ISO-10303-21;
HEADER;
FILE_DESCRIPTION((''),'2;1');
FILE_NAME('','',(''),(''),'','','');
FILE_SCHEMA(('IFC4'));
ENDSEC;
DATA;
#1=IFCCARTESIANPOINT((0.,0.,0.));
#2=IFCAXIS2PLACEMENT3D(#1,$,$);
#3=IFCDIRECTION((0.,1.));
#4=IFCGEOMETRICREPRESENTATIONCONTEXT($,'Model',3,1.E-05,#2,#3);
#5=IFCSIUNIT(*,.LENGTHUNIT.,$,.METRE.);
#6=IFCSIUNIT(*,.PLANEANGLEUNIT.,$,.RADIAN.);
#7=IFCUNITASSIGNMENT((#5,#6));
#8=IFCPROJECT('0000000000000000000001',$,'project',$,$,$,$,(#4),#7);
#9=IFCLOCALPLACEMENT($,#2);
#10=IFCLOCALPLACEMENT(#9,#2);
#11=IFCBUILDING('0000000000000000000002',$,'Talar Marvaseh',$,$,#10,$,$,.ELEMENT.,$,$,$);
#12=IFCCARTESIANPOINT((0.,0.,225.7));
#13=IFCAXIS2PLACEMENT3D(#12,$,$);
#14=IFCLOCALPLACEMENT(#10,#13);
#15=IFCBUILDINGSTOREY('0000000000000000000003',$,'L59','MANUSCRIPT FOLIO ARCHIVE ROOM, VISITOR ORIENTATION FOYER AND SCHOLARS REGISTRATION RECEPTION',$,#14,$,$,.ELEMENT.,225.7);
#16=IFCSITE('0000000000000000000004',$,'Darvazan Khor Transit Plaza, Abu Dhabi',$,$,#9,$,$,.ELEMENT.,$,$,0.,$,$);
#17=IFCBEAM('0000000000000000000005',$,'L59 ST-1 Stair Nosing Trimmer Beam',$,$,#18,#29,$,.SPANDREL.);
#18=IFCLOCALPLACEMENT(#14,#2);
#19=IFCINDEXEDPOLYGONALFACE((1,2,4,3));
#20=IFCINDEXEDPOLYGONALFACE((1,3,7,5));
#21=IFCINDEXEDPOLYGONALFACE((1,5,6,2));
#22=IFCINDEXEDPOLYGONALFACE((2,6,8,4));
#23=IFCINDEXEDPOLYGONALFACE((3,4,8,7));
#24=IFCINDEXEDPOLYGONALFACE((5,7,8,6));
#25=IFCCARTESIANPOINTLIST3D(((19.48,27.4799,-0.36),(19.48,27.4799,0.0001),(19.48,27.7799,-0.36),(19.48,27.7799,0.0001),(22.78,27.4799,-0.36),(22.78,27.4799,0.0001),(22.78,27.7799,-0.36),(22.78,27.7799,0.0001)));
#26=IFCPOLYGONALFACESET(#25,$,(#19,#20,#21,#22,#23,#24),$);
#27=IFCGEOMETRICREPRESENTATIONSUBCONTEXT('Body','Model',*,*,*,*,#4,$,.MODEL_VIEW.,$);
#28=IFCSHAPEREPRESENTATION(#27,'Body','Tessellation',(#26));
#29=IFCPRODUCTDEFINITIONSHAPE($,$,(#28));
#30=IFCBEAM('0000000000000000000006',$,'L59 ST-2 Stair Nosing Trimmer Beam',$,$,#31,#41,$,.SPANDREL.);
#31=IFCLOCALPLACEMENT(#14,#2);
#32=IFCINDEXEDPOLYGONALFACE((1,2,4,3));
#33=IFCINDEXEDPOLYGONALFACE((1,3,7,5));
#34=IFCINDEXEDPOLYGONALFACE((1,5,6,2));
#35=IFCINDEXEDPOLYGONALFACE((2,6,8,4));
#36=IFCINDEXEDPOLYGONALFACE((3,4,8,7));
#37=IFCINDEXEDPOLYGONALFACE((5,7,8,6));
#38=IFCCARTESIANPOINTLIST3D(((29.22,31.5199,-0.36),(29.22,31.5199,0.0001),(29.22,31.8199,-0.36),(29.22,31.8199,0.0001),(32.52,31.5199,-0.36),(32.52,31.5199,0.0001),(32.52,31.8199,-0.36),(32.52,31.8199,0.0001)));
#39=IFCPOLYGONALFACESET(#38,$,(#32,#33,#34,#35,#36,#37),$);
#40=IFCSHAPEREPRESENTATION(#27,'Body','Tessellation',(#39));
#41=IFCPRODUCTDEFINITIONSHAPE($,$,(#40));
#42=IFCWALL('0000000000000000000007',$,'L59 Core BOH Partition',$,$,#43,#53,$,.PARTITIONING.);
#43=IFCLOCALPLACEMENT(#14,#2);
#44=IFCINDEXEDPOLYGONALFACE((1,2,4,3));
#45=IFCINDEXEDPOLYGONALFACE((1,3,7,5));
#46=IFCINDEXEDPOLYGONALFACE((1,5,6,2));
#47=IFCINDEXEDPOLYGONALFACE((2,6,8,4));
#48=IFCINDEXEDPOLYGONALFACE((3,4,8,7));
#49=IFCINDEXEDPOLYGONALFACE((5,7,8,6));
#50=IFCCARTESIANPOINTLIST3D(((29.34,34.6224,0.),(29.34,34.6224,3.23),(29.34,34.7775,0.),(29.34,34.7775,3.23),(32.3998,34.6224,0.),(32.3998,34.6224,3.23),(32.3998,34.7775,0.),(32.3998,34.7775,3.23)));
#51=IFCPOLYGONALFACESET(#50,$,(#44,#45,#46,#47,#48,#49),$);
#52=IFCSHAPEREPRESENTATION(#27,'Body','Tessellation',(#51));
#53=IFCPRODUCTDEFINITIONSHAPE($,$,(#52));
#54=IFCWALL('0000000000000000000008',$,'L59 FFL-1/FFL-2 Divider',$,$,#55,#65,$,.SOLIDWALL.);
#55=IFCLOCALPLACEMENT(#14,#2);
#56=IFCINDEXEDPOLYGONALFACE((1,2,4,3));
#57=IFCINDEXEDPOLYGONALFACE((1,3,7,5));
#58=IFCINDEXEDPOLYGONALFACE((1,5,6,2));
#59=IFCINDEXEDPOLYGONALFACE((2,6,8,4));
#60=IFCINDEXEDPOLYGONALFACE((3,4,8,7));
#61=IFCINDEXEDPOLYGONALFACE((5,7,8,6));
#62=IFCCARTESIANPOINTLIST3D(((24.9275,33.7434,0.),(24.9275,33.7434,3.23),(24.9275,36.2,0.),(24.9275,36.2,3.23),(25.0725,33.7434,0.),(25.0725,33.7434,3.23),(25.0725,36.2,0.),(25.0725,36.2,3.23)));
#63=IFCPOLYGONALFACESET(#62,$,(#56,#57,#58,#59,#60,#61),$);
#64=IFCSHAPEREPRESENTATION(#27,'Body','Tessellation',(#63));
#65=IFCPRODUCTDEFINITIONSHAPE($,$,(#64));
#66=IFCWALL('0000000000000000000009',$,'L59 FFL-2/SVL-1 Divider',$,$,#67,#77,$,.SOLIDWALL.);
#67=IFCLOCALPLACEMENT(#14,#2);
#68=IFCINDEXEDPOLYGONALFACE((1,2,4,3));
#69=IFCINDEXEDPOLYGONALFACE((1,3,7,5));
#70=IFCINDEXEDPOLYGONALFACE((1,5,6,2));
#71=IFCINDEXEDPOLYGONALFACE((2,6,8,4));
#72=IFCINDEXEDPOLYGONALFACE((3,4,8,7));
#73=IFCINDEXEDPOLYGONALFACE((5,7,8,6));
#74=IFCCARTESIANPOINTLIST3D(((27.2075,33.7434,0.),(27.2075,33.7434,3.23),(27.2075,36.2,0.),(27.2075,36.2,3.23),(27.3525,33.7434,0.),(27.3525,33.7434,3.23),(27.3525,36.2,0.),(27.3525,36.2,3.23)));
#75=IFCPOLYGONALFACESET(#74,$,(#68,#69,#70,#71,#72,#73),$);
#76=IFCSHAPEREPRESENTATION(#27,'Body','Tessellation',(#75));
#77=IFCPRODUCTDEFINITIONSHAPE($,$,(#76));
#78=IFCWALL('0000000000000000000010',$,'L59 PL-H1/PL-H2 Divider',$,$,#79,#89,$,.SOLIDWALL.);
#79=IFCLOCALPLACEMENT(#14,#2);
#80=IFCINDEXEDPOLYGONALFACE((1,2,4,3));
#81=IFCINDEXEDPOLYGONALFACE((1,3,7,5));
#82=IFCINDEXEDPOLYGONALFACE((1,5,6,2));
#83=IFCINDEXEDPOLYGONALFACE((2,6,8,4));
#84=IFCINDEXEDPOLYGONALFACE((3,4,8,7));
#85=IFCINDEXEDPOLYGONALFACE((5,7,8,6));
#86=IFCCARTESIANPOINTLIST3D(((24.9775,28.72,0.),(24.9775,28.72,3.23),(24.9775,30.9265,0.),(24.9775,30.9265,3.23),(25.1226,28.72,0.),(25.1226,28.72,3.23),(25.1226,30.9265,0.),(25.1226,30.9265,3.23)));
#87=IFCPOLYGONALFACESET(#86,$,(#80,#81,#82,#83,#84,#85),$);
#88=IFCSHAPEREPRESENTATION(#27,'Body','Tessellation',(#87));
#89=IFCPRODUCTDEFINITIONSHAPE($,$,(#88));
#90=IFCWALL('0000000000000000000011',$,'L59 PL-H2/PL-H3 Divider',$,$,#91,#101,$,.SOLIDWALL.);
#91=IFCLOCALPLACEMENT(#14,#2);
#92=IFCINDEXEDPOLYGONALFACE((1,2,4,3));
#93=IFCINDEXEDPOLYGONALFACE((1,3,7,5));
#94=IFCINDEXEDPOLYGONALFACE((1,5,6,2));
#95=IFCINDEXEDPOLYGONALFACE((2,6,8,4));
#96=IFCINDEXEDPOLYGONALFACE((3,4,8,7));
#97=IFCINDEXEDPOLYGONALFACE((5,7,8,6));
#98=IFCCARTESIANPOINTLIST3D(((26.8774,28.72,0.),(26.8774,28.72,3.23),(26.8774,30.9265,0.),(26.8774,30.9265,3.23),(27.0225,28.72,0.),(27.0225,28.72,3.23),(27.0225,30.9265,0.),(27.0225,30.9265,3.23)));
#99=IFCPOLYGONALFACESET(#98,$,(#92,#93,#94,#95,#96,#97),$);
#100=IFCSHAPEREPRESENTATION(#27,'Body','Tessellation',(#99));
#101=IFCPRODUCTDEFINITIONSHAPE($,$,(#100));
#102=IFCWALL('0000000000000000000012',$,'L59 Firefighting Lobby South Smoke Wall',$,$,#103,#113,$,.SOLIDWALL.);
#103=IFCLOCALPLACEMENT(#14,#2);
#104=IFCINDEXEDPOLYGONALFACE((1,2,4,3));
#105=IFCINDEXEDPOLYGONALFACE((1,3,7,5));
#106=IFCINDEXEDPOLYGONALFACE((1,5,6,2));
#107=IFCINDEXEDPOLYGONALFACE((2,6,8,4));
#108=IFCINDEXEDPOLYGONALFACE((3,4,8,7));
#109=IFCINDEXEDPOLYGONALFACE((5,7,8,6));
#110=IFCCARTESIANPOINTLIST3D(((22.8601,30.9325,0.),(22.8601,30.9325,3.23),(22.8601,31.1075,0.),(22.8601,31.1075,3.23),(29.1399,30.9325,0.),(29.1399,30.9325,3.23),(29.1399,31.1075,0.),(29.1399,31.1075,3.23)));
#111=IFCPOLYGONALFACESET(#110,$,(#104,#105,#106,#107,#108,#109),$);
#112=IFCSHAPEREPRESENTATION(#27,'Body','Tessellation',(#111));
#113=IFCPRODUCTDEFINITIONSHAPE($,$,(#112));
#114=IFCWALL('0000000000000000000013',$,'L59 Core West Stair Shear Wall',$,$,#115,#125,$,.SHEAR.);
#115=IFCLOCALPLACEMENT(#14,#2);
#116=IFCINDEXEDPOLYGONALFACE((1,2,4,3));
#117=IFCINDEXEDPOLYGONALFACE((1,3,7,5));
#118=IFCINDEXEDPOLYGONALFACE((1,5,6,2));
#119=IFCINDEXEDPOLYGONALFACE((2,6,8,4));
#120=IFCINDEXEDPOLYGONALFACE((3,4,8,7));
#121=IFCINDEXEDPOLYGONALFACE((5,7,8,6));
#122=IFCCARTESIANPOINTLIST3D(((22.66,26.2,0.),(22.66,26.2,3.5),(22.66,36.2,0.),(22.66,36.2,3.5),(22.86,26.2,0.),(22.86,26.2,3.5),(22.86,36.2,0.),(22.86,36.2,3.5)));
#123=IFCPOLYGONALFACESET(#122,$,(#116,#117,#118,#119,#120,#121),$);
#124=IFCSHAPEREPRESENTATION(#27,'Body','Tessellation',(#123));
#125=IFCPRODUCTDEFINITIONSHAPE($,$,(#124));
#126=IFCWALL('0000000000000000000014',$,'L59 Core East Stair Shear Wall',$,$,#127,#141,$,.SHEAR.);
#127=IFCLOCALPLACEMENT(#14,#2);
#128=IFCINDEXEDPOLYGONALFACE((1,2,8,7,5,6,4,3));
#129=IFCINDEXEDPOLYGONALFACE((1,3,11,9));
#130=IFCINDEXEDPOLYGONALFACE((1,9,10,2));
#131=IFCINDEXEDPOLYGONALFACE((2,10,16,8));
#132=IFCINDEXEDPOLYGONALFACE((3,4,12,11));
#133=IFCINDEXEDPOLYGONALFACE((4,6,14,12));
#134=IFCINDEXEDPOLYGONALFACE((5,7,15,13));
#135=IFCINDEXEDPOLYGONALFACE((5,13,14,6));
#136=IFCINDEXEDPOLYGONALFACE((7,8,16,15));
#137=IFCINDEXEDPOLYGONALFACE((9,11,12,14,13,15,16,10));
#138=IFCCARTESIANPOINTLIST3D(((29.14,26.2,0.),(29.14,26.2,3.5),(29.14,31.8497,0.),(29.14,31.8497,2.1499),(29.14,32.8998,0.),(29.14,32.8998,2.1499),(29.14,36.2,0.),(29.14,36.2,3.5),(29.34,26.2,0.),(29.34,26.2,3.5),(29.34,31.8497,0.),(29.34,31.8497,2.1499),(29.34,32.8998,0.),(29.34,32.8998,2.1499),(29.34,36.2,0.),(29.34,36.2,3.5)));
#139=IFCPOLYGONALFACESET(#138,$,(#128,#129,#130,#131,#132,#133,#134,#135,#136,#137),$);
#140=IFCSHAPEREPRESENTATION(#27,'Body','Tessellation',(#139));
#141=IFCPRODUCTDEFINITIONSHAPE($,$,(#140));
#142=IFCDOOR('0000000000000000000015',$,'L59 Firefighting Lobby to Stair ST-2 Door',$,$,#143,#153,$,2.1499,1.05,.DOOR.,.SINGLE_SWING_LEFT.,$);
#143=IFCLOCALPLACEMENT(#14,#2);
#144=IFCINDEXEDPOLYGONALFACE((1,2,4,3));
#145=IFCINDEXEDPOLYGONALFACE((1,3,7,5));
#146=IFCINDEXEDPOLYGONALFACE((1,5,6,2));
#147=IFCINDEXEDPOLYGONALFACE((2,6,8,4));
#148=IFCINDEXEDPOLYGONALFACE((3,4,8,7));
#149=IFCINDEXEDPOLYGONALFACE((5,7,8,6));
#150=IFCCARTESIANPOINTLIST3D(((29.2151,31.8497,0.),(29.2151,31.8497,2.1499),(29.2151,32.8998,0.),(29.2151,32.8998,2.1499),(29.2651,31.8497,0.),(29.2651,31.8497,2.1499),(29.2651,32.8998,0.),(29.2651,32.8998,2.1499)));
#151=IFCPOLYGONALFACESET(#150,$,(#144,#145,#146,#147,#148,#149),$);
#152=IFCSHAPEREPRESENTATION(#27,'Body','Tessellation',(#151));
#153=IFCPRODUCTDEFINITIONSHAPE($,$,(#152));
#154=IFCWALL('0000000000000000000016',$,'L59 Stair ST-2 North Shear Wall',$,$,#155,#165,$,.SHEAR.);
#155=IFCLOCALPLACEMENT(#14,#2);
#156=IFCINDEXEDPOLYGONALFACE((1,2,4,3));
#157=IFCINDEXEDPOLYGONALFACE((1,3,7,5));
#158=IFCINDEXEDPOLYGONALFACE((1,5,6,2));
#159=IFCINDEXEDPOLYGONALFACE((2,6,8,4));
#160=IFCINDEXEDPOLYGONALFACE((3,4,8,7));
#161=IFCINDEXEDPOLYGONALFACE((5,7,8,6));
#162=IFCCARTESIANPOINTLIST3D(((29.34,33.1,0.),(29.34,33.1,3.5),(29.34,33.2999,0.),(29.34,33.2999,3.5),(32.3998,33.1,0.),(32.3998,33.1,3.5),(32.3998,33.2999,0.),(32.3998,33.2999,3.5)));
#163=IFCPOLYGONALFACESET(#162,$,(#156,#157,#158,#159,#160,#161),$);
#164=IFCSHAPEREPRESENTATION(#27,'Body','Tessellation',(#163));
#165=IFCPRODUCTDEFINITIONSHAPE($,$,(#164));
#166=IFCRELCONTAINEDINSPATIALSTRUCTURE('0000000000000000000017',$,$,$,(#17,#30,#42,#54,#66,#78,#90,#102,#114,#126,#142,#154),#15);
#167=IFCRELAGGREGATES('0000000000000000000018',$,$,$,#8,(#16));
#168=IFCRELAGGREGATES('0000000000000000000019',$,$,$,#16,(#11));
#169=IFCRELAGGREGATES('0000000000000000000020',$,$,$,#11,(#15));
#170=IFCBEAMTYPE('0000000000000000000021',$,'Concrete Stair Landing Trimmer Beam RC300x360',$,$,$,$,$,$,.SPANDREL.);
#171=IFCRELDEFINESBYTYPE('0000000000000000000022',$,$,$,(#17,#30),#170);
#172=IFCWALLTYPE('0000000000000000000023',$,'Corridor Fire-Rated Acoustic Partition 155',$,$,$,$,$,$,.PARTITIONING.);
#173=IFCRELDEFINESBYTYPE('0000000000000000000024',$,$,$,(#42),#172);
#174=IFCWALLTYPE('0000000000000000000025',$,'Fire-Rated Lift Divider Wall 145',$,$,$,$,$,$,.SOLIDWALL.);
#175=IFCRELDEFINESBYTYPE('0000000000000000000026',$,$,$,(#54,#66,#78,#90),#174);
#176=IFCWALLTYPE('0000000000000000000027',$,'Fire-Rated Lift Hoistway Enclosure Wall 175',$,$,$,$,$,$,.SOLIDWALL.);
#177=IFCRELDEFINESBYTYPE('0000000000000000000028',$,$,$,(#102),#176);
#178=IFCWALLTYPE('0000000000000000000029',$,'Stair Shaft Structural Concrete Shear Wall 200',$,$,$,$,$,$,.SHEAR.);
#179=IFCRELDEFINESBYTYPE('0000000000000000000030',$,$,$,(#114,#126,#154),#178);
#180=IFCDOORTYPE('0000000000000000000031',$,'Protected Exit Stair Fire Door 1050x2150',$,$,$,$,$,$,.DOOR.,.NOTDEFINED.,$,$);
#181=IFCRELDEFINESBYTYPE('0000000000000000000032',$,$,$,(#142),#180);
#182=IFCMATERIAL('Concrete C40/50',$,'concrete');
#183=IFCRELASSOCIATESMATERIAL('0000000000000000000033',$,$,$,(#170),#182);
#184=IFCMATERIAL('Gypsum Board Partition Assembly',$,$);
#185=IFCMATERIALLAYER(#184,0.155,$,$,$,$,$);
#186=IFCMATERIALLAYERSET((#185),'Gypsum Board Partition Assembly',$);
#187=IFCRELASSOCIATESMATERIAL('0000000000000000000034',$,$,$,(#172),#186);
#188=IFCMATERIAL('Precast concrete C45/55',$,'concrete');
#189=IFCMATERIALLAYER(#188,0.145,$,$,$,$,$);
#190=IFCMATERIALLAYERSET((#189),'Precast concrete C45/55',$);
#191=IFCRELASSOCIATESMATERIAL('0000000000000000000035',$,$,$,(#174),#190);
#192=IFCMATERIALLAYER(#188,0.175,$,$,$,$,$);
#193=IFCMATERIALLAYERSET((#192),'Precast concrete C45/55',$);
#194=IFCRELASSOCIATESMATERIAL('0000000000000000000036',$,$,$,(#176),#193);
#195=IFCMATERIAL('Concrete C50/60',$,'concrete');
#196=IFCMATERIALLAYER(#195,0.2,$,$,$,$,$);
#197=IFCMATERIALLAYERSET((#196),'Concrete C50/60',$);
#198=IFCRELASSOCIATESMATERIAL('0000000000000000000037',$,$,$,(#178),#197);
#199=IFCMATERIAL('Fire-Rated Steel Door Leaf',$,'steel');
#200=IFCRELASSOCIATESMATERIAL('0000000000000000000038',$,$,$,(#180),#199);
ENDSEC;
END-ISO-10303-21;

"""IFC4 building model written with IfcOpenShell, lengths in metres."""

from ifc_helpers import new_model, si_unit, direction, frame, frame_2d, origin, origin_2d, place, context, subcontext, project, spatial, rectangle, extrude, source, transform, mapped, material, layer, layer_set, material_profile, profile_set, type_object, type_shapes, element, fill, save


model = new_model("IFC4")

# Units and contexts
model_context = context("Model", 3, precision=1e-05, world=origin(), true_north=direction((0.0, 1.0)))
body_context = subcontext(model_context, "Body", "Model", "MODEL_VIEW")
ifc_project = project(units=[si_unit("LENGTHUNIT", "METRE"), si_unit("PLANEANGLEUNIT", "RADIAN")], contexts=[model_context])

# Site, building, storey
site_placement = place(None, origin())
site = spatial("IfcSite", under=ifc_project, at=site_placement, Name="Darvazan Khor Transit Plaza, Abu Dhabi", CompositionType="ELEMENT", RefElevation=0.0)
building_placement = place(site_placement, origin())
building = spatial("IfcBuilding", under=site, at=building_placement, Name="Talar Marvaseh", CompositionType="ELEMENT")
storey_placement = place(building_placement, frame((0.0, 0.0, 225.7)))
storey = spatial("IfcBuildingStorey", under=building, at=storey_placement, Name="L59", Description="MANUSCRIPT FOLIO ARCHIVE ROOM, VISITOR ORIENTATION FOYER AND SCHOLARS REGISTRATION RECEPTION", CompositionType="ELEMENT", Elevation=225.7)

# Beams
ifc_material_1 = material(Name="Concrete C40/50", Category="concrete")
ifc_material_profile = material_profile(ifc_material_1, rectangle(XDim=0.3, YDim=0.3601, at=origin_2d()), Name="RC300x360")
ifc_profile_set = profile_set([ifc_material_profile], Name="Concrete C40/50")
beam_type = type_object("IfcBeamType", Name="Concrete Stair Landing Trimmer Beam RC300x360", PredefinedType="SPANDREL", material=ifc_profile_set)
for number, where, z_axis, x_axis, name in (
    (1, (22.78, 27.6299, -0.1799), (-1.0, 0.0, 0.0), (0.0, -1.0, 0.0), "L59 ST-1 Stair Nosing Trimmer Beam"),
    (2, (29.22, 31.6699, -0.1799), (1.0, 0.0, 0.0), (0.0, 1.0, 0.0), "L59 ST-2 Stair Nosing Trimmer Beam"),
):
    element("IfcBeam", number, at=place(storey_placement, frame(where, z_axis=z_axis, x_axis=x_axis)), inside=storey, type_object=beam_type, Name=name, PredefinedType="SPANDREL", context=body_context, shape_type="SweptSolid", body=[
        extrude(rectangle(XDim=0.3, YDim=0.3601, at=origin_2d()), origin(), (0.0, 0.0, 1.0), 3.3),
    ])

# Walls
ifc_material_2 = material(Name="Gypsum Board Partition Assembly")
ifc_layer_1 = layer(ifc_material_2, 0.155)
ifc_layer_set_1 = layer_set([ifc_layer_1], Name="Gypsum Board Partition Assembly")
wall_type_1 = type_object("IfcWallType", Name="Corridor Fire-Rated Acoustic Partition 155", PredefinedType="PARTITIONING", material=ifc_layer_set_1)
wall_1_placement = place(storey_placement, frame((29.3401, 34.7, 0.0), z_axis=(0.0, 0.0, 1.0), x_axis=(1.0, 0.0, 0.0)))
element("IfcWall", 3, at=wall_1_placement, inside=storey, type_object=wall_type_1, Name="L59 Core BOH Partition", PredefinedType="PARTITIONING", context=body_context, shape_type="SweptSolid", body=[
    extrude(rectangle(XDim=3.0598, YDim=0.155, at=frame_2d((1.5298, 0.0))), origin(), (0.0, 0.0, 1.0), 3.23),
])
ifc_material_3 = material(Name="Precast concrete C45/55", Category="concrete")
ifc_layer_2 = layer(ifc_material_3, 0.145)
ifc_layer_set_2 = layer_set([ifc_layer_2], Name="Precast concrete C45/55")
wall_type_2 = type_object("IfcWallType", Name="Fire-Rated Lift Divider Wall 145", PredefinedType="SOLIDWALL", material=ifc_layer_set_2)
for number, where, z_axis, x_axis, name in (
    (4, (25.0, 33.7434, 0.0), (0.0, 0.0, 1.0), (0.0, 1.0, 0.0), "L59 FFL-1/FFL-2 Divider"),
    (5, (27.28, 33.7434, 0.0), (0.0, 0.0, 1.0), (0.0, 1.0, 0.0), "L59 FFL-2/SVL-1 Divider"),
):
    element("IfcWall", number, at=place(storey_placement, frame(where, z_axis=z_axis, x_axis=x_axis)), inside=storey, type_object=wall_type_2, Name=name, PredefinedType="SOLIDWALL", context=body_context, shape_type="SweptSolid", body=[
        extrude(rectangle(XDim=2.4565, YDim=0.145, at=frame_2d((1.2283, 0.0))), origin(), (0.0, 0.0, 1.0), 3.23),
    ])
for number, where, z_axis, x_axis, name in (
    (6, (25.05, 28.72, 0.0), (0.0, 0.0, 1.0), (0.0, 1.0, 0.0), "L59 PL-H1/PL-H2 Divider"),
    (7, (26.95, 28.72, 0.0), (0.0, 0.0, 1.0), (0.0, 1.0, 0.0), "L59 PL-H2/PL-H3 Divider"),
):
    element("IfcWall", number, at=place(storey_placement, frame(where, z_axis=z_axis, x_axis=x_axis)), inside=storey, type_object=wall_type_2, Name=name, PredefinedType="SOLIDWALL", context=body_context, shape_type="SweptSolid", body=[
        extrude(rectangle(XDim=2.2065, YDim=0.145, at=frame_2d((1.1033, 0.0))), origin(), (0.0, 0.0, 1.0), 3.23),
    ])

# Shared definitions
ifc_layer_3 = layer(ifc_material_3, 0.175)
ifc_layer_set_3 = layer_set([ifc_layer_3], Name="Precast concrete C45/55")
wall_type_3 = type_object("IfcWallType", Name="Fire-Rated Lift Hoistway Enclosure Wall 175", PredefinedType="SOLIDWALL", material=ifc_layer_set_3)

# Wall
wall_2_placement = place(storey_placement, frame((22.8601, 31.02, 0.0), z_axis=(0.0, 0.0, 1.0), x_axis=(1.0, 0.0, 0.0)))
element("IfcWall", 8, at=wall_2_placement, inside=storey, type_object=wall_type_3, Name="L59 Firefighting Lobby South Smoke Wall", PredefinedType="SOLIDWALL", context=body_context, shape_type="SweptSolid", body=[
    extrude(rectangle(XDim=6.2798, YDim=0.175, at=frame_2d((3.1399, 0.0))), origin(), (0.0, 0.0, 1.0), 3.23),
])

# Wall
ifc_material_4 = material(Name="Concrete C50/60", Category="concrete")
ifc_layer_4 = layer(ifc_material_4, 0.2)
ifc_layer_set_4 = layer_set([ifc_layer_4], Name="Concrete C50/60")
wall_type_4 = type_object("IfcWallType", Name="Stair Shaft Structural Concrete Shear Wall 200", PredefinedType="SHEAR", material=ifc_layer_set_4)
wall_3_placement = place(storey_placement, frame((22.76, 26.2, 0.0), z_axis=(0.0, 0.0, 1.0), x_axis=(0.0, 1.0, 0.0)))
element("IfcWall", 9, at=wall_3_placement, inside=storey, type_object=wall_type_4, Name="L59 Core West Stair Shear Wall", PredefinedType="SHEAR", context=body_context, shape_type="SweptSolid", body=[
    extrude(rectangle(XDim=10.0, YDim=0.2, at=frame_2d((5.0, 0.0))), origin(), (0.0, 0.0, 1.0), 3.5),
])

# Wall, opening, door
wall_4_placement = place(storey_placement, frame((29.24, 26.2, 0.0), z_axis=(0.0, 0.0, 1.0), x_axis=(0.0, 1.0, 0.0)))
wall_4 = element("IfcWall", 10, at=wall_4_placement, inside=storey, type_object=wall_type_4, Name="L59 Core East Stair Shear Wall", PredefinedType="SHEAR", context=body_context, shape_type="SweptSolid", body=[
    extrude(rectangle(XDim=10.0, YDim=0.2, at=frame_2d((5.0, 0.0))), origin(), (0.0, 0.0, 1.0), 3.5),
])
opening_1_placement = place(wall_4_placement, frame((5.6499, 0.0, 0.0)))
opening_1 = element("IfcOpeningElement", 11, at=opening_1_placement, cuts=wall_4, PredefinedType="OPENING", context=body_context, shape_type="SweptSolid", body=[
    extrude(rectangle(XDim=1.05, YDim=2.1499, at=frame_2d((0.5249, 1.075))), frame((0.0, 0.1099, 0.0), z_axis=(0.0, -1.0, 0.0), x_axis=(1.0, 0.0, 0.0)), (0.0, 0.0, 1.0), 0.22),
])
ifc_material_5 = material(Name="Fire-Rated Steel Door Leaf", Category="steel")
door_type_1 = type_object("IfcDoorType", Name="Protected Exit Stair Fire Door 1050x2150", OperationType="NOTDEFINED", PredefinedType="DOOR", material=ifc_material_5)
shared_shape_1 = source(origin(), body_context, "Body", "SweptSolid", [
    extrude(rectangle(XDim=1.05, YDim=2.1499, at=frame_2d((0.5249, 1.075))), frame((0.0, 0.0249, 0.0), z_axis=(0.0, -1.0, 0.0), x_axis=(1.0, 0.0, 0.0)), (0.0, 0.0, 1.0), 0.05),
])
type_shapes(door_type_1, [shared_shape_1])
door_1_placement = place(opening_1_placement, origin())
door_1 = element("IfcDoor", 12, at=door_1_placement, inside=storey, type_object=door_type_1, Name="L59 Firefighting Lobby to Stair ST-2 Door", OperationType="SINGLE_SWING_LEFT", OverallHeight=2.1499, OverallWidth=1.05, PredefinedType="DOOR", context=body_context, shape_type="MappedRepresentation", body=[
    mapped(shared_shape_1, transform((0.0, 0.0, 0.0), x_axis=(1.0, 0.0, 0.0), y_axis=(0.0, 1.0, 0.0), z_axis=(0.0, 0.0, 1.0), scale=1.0)),
])
fill(opening_1, door_1)

# Wall
wall_5_placement = place(storey_placement, frame((29.3401, 33.2, 0.0), z_axis=(0.0, 0.0, 1.0), x_axis=(1.0, 0.0, 0.0)))
element("IfcWall", 13, at=wall_5_placement, inside=storey, type_object=wall_type_4, Name="L59 Stair ST-2 North Shear Wall", PredefinedType="SHEAR", context=body_context, shape_type="SweptSolid", body=[
    extrude(rectangle(XDim=3.0598, YDim=0.2, at=frame_2d((1.5298, 0.0))), origin(), (0.0, 0.0, 1.0), 3.5),
])

save(model, "model.ifc")
